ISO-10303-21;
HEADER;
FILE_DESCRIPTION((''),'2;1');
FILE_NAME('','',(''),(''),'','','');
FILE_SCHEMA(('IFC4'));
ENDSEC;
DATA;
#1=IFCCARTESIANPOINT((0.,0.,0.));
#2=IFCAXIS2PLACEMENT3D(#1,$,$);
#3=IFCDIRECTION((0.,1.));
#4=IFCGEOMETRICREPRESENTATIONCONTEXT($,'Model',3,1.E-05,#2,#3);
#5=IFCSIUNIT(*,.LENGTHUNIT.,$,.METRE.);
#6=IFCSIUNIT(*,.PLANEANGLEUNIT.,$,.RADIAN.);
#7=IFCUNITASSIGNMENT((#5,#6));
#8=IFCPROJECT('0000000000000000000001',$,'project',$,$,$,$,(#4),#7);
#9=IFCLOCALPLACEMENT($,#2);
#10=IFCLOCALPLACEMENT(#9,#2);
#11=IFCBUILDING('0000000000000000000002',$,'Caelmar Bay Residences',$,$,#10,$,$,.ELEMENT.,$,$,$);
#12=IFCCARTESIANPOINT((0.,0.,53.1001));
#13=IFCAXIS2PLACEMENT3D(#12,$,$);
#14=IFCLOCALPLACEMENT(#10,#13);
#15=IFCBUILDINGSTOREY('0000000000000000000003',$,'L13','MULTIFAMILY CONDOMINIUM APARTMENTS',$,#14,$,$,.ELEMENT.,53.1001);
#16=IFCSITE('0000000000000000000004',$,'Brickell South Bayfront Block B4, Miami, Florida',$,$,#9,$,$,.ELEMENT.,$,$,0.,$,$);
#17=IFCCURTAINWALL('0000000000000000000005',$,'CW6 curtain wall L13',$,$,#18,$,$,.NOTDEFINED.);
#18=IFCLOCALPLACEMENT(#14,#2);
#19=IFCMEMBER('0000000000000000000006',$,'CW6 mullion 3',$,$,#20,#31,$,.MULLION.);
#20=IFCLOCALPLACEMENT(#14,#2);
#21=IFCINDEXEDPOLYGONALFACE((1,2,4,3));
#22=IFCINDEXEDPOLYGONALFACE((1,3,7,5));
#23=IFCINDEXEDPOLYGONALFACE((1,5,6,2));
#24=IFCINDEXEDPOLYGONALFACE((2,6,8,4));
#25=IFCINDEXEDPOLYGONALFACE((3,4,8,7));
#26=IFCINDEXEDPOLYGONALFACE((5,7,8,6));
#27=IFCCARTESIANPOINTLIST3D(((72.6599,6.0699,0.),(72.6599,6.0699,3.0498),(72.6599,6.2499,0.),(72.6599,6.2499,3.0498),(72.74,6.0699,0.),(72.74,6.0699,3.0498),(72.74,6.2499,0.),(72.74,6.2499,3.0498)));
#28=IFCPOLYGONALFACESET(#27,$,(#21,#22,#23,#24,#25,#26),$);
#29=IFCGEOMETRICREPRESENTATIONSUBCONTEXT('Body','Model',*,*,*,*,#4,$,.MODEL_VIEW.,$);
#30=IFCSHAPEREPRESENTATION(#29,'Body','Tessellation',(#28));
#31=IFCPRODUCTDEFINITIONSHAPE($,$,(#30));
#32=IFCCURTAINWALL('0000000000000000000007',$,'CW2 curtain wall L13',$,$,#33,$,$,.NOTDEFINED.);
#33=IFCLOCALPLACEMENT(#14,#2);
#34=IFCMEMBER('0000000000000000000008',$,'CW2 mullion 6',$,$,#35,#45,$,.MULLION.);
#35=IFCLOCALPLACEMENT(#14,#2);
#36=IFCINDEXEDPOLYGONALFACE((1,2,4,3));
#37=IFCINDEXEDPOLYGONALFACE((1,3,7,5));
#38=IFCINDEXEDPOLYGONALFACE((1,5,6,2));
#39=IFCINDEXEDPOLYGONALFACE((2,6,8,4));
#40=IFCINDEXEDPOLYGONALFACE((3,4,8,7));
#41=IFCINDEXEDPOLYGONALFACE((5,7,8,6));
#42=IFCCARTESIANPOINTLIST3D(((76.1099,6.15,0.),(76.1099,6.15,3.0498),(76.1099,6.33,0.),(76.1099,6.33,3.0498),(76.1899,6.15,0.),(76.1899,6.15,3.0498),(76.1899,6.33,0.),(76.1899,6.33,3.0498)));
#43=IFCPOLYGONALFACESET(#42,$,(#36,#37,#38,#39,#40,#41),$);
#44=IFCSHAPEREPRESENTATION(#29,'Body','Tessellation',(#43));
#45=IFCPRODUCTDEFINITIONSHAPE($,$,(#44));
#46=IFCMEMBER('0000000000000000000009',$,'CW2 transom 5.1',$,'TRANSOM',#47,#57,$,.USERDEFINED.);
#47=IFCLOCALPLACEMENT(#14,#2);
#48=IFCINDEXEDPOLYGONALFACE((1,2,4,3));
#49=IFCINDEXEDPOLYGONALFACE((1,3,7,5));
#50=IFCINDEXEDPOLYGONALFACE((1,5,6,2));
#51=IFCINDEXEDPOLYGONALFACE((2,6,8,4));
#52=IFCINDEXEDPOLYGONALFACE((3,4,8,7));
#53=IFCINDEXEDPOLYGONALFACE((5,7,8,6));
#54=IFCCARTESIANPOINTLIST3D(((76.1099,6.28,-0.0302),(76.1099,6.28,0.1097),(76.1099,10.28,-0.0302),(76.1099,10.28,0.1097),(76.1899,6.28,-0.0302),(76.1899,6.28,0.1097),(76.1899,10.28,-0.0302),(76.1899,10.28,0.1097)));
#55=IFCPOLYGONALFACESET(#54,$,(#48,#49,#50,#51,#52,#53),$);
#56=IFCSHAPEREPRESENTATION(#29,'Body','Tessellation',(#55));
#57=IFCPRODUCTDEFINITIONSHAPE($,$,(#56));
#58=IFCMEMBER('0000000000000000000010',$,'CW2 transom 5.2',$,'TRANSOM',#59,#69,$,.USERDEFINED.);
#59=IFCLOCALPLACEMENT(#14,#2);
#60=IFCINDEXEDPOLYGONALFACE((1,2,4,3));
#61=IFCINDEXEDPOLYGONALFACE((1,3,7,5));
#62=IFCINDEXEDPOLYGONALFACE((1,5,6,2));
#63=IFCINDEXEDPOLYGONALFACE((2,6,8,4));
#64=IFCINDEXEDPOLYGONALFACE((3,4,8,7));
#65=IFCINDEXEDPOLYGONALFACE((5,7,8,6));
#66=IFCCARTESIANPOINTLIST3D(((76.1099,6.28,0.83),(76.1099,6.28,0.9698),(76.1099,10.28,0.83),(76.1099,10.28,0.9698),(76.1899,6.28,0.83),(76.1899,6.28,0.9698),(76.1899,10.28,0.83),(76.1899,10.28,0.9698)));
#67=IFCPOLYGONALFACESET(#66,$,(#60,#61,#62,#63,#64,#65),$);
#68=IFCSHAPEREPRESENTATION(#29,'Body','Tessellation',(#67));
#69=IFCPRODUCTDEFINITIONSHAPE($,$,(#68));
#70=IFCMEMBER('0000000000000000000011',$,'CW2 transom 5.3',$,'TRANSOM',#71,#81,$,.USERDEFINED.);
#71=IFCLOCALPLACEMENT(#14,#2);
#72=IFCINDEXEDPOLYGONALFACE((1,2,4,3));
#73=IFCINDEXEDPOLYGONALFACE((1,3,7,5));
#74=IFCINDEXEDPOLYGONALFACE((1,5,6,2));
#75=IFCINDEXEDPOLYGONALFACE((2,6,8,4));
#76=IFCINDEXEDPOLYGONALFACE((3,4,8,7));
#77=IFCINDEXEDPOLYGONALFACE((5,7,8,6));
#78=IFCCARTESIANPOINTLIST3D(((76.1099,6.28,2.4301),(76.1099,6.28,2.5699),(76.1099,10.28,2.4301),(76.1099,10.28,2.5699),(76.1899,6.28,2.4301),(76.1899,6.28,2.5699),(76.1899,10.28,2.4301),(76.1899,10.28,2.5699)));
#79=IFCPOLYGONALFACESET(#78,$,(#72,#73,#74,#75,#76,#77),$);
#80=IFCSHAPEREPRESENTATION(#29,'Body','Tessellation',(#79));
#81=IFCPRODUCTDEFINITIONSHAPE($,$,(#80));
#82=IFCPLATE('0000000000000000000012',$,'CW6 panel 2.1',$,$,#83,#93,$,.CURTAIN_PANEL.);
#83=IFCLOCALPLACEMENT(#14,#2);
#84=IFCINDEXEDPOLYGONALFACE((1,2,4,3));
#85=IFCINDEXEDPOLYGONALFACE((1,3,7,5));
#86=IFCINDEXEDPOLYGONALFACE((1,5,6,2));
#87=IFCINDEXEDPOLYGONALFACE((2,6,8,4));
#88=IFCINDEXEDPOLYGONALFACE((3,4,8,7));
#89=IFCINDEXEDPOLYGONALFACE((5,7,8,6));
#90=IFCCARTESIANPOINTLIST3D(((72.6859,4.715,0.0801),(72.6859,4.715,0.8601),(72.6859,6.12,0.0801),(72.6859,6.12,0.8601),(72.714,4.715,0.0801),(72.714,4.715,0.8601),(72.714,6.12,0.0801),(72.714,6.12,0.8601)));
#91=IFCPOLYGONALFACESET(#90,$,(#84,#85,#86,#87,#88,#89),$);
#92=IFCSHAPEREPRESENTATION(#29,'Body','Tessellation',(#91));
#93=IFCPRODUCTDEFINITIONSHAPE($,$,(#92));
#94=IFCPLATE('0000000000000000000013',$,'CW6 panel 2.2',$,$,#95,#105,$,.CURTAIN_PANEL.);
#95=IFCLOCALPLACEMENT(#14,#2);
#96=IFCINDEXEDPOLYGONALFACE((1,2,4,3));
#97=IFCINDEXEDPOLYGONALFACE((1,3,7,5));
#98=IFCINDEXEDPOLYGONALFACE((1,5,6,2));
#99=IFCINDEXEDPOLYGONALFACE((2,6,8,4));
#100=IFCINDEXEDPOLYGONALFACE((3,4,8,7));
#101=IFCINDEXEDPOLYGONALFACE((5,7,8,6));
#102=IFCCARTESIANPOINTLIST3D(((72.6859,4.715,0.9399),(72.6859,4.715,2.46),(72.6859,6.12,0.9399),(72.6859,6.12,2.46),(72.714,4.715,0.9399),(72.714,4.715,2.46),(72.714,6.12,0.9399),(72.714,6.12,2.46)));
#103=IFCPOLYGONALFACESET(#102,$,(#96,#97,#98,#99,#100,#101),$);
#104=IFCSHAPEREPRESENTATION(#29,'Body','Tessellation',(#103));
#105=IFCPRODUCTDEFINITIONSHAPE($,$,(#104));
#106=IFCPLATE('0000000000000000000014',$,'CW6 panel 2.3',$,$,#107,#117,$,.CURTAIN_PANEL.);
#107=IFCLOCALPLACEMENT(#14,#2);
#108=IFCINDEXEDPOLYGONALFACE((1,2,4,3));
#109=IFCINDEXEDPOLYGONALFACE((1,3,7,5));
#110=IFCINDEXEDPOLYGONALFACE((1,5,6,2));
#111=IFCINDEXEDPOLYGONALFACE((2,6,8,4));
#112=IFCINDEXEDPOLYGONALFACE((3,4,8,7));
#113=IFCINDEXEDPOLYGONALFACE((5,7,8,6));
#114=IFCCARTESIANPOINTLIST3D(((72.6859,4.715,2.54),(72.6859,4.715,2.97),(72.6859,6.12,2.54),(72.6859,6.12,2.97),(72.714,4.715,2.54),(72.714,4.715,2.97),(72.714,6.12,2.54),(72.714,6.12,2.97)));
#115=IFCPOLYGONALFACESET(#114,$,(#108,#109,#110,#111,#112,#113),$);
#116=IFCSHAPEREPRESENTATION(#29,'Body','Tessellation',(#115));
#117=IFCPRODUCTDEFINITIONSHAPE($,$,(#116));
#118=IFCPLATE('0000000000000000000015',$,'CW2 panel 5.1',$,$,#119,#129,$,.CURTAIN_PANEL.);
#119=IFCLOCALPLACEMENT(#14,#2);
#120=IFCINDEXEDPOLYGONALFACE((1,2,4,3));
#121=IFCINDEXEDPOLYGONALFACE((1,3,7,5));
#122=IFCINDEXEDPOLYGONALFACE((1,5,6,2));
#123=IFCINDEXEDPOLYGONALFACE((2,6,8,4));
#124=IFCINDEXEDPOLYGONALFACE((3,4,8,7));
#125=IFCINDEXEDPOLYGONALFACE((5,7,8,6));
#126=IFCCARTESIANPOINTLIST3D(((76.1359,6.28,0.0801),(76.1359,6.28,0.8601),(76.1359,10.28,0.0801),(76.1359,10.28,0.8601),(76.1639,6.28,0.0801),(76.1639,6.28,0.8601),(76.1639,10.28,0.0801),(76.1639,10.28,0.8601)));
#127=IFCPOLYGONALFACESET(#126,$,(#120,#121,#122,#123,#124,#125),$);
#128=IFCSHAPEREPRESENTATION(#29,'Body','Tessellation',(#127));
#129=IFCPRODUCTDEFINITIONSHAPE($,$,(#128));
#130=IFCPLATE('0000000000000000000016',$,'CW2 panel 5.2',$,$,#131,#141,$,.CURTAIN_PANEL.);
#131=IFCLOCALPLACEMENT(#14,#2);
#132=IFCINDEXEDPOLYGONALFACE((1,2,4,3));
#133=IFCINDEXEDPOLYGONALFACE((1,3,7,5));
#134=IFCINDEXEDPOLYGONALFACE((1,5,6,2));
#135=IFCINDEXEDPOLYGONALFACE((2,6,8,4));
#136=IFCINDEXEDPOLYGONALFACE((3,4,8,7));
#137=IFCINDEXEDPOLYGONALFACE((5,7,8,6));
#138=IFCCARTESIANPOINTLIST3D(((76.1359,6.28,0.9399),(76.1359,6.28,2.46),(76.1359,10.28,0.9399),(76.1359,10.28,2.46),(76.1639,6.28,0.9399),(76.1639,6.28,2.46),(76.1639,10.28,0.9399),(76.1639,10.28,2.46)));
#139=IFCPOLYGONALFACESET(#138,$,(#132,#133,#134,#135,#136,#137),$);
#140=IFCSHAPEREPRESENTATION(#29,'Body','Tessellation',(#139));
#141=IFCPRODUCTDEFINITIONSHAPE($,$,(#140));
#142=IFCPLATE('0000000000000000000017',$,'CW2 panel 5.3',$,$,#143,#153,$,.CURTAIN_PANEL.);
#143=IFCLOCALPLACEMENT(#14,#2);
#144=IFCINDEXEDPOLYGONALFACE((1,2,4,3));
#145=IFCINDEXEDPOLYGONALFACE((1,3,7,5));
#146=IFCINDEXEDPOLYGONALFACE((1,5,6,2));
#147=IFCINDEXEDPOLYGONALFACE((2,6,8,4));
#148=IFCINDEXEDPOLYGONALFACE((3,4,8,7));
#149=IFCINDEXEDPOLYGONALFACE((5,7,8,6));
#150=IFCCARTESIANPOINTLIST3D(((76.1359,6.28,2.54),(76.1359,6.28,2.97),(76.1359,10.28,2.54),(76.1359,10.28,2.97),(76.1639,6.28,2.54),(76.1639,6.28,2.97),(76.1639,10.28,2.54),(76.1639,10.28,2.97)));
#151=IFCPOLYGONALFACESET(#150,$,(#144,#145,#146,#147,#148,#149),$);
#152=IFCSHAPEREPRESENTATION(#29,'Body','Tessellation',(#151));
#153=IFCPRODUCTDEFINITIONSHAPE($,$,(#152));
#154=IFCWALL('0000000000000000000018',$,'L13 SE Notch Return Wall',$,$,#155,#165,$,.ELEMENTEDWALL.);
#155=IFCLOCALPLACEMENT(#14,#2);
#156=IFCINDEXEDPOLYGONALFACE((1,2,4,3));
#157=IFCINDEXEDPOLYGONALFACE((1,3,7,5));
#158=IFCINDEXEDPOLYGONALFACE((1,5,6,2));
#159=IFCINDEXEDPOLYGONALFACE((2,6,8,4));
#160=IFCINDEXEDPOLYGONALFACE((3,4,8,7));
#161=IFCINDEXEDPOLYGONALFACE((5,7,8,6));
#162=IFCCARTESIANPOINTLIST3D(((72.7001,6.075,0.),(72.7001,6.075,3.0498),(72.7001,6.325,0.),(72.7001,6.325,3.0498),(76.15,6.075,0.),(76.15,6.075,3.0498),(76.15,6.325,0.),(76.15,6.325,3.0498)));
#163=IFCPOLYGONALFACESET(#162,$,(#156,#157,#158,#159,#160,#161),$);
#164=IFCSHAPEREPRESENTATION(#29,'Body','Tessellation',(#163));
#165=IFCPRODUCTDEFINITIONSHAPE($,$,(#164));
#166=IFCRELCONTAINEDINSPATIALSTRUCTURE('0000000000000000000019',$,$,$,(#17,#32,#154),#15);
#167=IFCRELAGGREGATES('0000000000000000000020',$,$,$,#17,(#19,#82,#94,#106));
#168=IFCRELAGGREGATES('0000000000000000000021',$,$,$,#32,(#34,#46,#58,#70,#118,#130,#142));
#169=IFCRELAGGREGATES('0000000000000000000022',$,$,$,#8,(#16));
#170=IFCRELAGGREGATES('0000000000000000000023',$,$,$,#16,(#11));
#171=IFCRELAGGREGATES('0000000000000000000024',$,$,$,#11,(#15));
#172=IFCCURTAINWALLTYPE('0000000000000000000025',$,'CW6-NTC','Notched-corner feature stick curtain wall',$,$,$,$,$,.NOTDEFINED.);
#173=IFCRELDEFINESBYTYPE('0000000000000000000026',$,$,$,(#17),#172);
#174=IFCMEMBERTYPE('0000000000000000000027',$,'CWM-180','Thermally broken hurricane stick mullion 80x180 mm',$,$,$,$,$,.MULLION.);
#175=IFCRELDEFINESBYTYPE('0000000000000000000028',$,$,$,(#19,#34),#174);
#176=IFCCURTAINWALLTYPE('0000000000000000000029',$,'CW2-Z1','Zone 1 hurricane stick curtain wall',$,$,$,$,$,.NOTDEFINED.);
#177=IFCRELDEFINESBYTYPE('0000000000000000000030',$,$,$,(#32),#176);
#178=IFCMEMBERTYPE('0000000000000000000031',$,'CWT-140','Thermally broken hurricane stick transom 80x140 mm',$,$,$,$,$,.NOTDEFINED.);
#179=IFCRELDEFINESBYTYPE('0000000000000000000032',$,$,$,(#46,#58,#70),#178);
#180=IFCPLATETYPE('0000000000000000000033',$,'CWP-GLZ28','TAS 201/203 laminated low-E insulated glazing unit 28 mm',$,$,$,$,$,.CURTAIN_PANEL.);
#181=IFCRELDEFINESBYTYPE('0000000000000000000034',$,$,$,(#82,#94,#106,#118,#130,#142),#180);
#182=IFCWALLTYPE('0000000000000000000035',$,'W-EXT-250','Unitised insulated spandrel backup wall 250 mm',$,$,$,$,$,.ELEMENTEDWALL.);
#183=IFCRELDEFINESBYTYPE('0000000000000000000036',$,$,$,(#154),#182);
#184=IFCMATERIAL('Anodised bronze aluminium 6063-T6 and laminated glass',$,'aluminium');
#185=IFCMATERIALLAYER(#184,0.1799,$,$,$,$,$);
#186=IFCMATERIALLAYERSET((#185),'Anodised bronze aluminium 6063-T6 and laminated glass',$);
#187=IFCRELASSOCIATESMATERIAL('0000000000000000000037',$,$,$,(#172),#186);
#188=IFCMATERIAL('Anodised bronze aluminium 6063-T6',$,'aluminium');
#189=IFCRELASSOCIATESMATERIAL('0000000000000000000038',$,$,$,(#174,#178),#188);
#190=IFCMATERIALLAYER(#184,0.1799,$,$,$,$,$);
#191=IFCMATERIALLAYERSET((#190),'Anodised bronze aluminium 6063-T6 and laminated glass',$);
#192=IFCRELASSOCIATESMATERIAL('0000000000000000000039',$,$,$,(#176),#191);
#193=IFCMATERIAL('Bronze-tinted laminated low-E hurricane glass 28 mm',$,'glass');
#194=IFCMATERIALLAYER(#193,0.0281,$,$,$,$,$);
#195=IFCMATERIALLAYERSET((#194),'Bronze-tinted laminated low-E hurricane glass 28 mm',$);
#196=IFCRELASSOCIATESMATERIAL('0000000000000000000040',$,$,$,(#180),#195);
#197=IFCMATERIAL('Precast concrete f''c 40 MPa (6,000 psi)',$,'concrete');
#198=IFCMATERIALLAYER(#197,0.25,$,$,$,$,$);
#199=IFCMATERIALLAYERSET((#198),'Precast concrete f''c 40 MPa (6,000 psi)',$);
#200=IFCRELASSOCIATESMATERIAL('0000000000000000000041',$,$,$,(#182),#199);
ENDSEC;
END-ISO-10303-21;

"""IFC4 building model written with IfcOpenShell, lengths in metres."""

from ifc_helpers import new_model, si_unit, direction, frame, frame_2d, origin, origin_2d, place, context, subcontext, project, spatial, rectangle, extrude, material, layer, layer_set, material_profile, profile_set, type_object, element, aggregate, save


model = new_model("IFC4")

# Units and contexts
model_context = context("Model", 3, precision=1e-05, world=origin(), true_north=direction((0.0, 1.0)))
body_context = subcontext(model_context, "Body", "Model", "MODEL_VIEW")
ifc_project = project(units=[si_unit("LENGTHUNIT", "METRE"), si_unit("PLANEANGLEUNIT", "RADIAN")], contexts=[model_context])

# Site, building, storey
site_placement = place(None, origin())
site = spatial("IfcSite", under=ifc_project, at=site_placement, Name="Brickell South Bayfront Block B4, Miami, Florida", CompositionType="ELEMENT", RefElevation=0.0)
building_placement = place(site_placement, origin())
building = spatial("IfcBuilding", under=site, at=building_placement, Name="Caelmar Bay Residences", CompositionType="ELEMENT")
storey_placement = place(building_placement, frame((0.0, 0.0, 53.1001)))
storey = spatial("IfcBuildingStorey", under=building, at=storey_placement, Name="L13", Description="MULTIFAMILY CONDOMINIUM APARTMENTS", CompositionType="ELEMENT", Elevation=53.1001)

# Curtain wall, member
ifc_material_1 = material(Name="Anodised bronze aluminium 6063-T6 and laminated glass", Category="aluminium")
ifc_layer_1 = layer(ifc_material_1, 0.1799)
ifc_layer_set_1 = layer_set([ifc_layer_1], Name="Anodised bronze aluminium 6063-T6 and laminated glass")
curtain_wall_type_1 = type_object("IfcCurtainWallType", Name="CW6-NTC", Description="Notched-corner feature stick curtain wall", PredefinedType="NOTDEFINED", material=ifc_layer_set_1)
curtain_wall_1_placement = place(storey_placement, origin())
curtain_wall_1 = element("IfcCurtainWall", 1, at=curtain_wall_1_placement, inside=storey, type_object=curtain_wall_type_1, Name="CW6 curtain wall L13", PredefinedType="NOTDEFINED")
ifc_material_2 = material(Name="Anodised bronze aluminium 6063-T6", Category="aluminium")
ifc_material_profile_1 = material_profile(ifc_material_2, rectangle(XDim=0.0801, YDim=0.1799, at=origin_2d()), Name="CWM-80X180")
ifc_profile_set_1 = profile_set([ifc_material_profile_1], Name="Anodised bronze aluminium 6063-T6")
member_type_1 = type_object("IfcMemberType", Name="CWM-180", Description="Thermally broken hurricane stick mullion 80x180 mm", PredefinedType="MULLION", material=ifc_profile_set_1)
member_1_placement = place(storey_placement, frame((72.7, 6.1599, 0.0), z_axis=(0.0, 0.0, 1.0), x_axis=(-1.0, 0.0, 0.0)))
member_1 = element("IfcMember", 2, at=member_1_placement, type_object=member_type_1, Name="CW6 mullion 3", PredefinedType="MULLION", context=body_context, shape_type="SweptSolid", body=[
    extrude(rectangle(XDim=0.0801, YDim=0.1799, at=origin_2d()), origin(), (0.0, 0.0, 1.0), 3.0498),
])

# Curtain wall, members
ifc_layer_2 = layer(ifc_material_1, 0.1799)
ifc_layer_set_2 = layer_set([ifc_layer_2], Name="Anodised bronze aluminium 6063-T6 and laminated glass")
curtain_wall_type_2 = type_object("IfcCurtainWallType", Name="CW2-Z1", Description="Zone 1 hurricane stick curtain wall", PredefinedType="NOTDEFINED", material=ifc_layer_set_2)
curtain_wall_2_placement = place(storey_placement, origin())
curtain_wall_2 = element("IfcCurtainWall", 3, at=curtain_wall_2_placement, inside=storey, type_object=curtain_wall_type_2, Name="CW2 curtain wall L13", PredefinedType="NOTDEFINED")
member_2_placement = place(storey_placement, frame((76.1499, 6.24, 0.0), z_axis=(0.0, 0.0, 1.0), x_axis=(1.0, 0.0, 0.0)))
member_2 = element("IfcMember", 4, at=member_2_placement, type_object=member_type_1, Name="CW2 mullion 6", PredefinedType="MULLION", context=body_context, shape_type="SweptSolid", body=[
    extrude(rectangle(XDim=0.0801, YDim=0.1799, at=origin_2d()), origin(), (0.0, 0.0, 1.0), 3.0498),
])
ifc_material_profile_2 = material_profile(ifc_material_2, rectangle(XDim=0.0801, YDim=0.1399, at=origin_2d()), Name="CWT-80X140")
ifc_profile_set_2 = profile_set([ifc_material_profile_2], Name="Anodised bronze aluminium 6063-T6")
member_type_2 = type_object("IfcMemberType", Name="CWT-140", Description="Thermally broken hurricane stick transom 80x140 mm", PredefinedType="NOTDEFINED", material=ifc_profile_set_2)
member_3_placement = place(storey_placement, frame((76.1499, 10.28, 0.0398), z_axis=(0.0, -1.0, 0.0), x_axis=(1.0, 0.0, 0.0)))
member_3 = element("IfcMember", 5, at=member_3_placement, type_object=member_type_2, Name="CW2 transom 5.1", ObjectType="TRANSOM", PredefinedType="USERDEFINED", context=body_context, shape_type="SweptSolid", body=[
    extrude(rectangle(XDim=0.0801, YDim=0.1399, at=origin_2d()), origin(), (0.0, 0.0, 1.0), 4.0),
])
member_4_placement = place(storey_placement, frame((76.1499, 10.28, 0.8999), z_axis=(0.0, -1.0, 0.0), x_axis=(1.0, 0.0, 0.0)))
member_4 = element("IfcMember", 6, at=member_4_placement, type_object=member_type_2, Name="CW2 transom 5.2", ObjectType="TRANSOM", PredefinedType="USERDEFINED", context=body_context, shape_type="SweptSolid", body=[
    extrude(rectangle(XDim=0.0801, YDim=0.1399, at=origin_2d()), origin(), (0.0, 0.0, 1.0), 4.0),
])
member_5_placement = place(storey_placement, frame((76.1499, 10.28, 2.5), z_axis=(0.0, -1.0, 0.0), x_axis=(1.0, 0.0, 0.0)))
member_5 = element("IfcMember", 7, at=member_5_placement, type_object=member_type_2, Name="CW2 transom 5.3", ObjectType="TRANSOM", PredefinedType="USERDEFINED", context=body_context, shape_type="SweptSolid", body=[
    extrude(rectangle(XDim=0.0801, YDim=0.1399, at=origin_2d()), origin(), (0.0, 0.0, 1.0), 4.0),
])

# Plates
ifc_material_3 = material(Name="Bronze-tinted laminated low-E hurricane glass 28 mm", Category="glass")
ifc_layer_3 = layer(ifc_material_3, 0.0281)
ifc_layer_set_3 = layer_set([ifc_layer_3], Name="Bronze-tinted laminated low-E hurricane glass 28 mm")
plate_type = type_object("IfcPlateType", Name="CWP-GLZ28", Description="TAS 201/203 laminated low-E insulated glazing unit 28 mm", PredefinedType="CURTAIN_PANEL", material=ifc_layer_set_3)
plate_1_placement = place(storey_placement, frame((72.7, 5.4175, 0.0801), z_axis=(0.0, 0.0, 1.0), x_axis=(0.0, 1.0, 0.0)))
plate_1 = element("IfcPlate", 8, at=plate_1_placement, type_object=plate_type, Name="CW6 panel 2.1", PredefinedType="CURTAIN_PANEL", context=body_context, shape_type="SweptSolid", body=[
    extrude(rectangle(XDim=1.405, YDim=0.0281, at=origin_2d()), origin(), (0.0, 0.0, 1.0), 0.78),
])
plate_2_placement = place(storey_placement, frame((72.7, 5.4175, 0.9399), z_axis=(0.0, 0.0, 1.0), x_axis=(0.0, 1.0, 0.0)))
plate_2 = element("IfcPlate", 9, at=plate_2_placement, type_object=plate_type, Name="CW6 panel 2.2", PredefinedType="CURTAIN_PANEL", context=body_context, shape_type="SweptSolid", body=[
    extrude(rectangle(XDim=1.405, YDim=0.0281, at=origin_2d()), origin(), (0.0, 0.0, 1.0), 1.52),
])
plate_3_placement = place(storey_placement, frame((72.7, 5.4175, 2.54), z_axis=(0.0, 0.0, 1.0), x_axis=(0.0, 1.0, 0.0)))
plate_3 = element("IfcPlate", 10, at=plate_3_placement, type_object=plate_type, Name="CW6 panel 2.3", PredefinedType="CURTAIN_PANEL", context=body_context, shape_type="SweptSolid", body=[
    extrude(rectangle(XDim=1.405, YDim=0.0281, at=origin_2d()), origin(), (0.0, 0.0, 1.0), 0.4299),
])
aggregate(curtain_wall_1, [member_1, plate_1, plate_2, plate_3])
plate_4_placement = place(storey_placement, frame((76.1499, 8.28, 0.0801), z_axis=(0.0, 0.0, 1.0), x_axis=(0.0, -1.0, 0.0)))
plate_4 = element("IfcPlate", 11, at=plate_4_placement, type_object=plate_type, Name="CW2 panel 5.1", PredefinedType="CURTAIN_PANEL", context=body_context, shape_type="SweptSolid", body=[
    extrude(rectangle(XDim=4.0, YDim=0.0281, at=origin_2d()), origin(), (0.0, 0.0, 1.0), 0.78),
])
plate_5_placement = place(storey_placement, frame((76.1499, 8.28, 0.9399), z_axis=(0.0, 0.0, 1.0), x_axis=(0.0, -1.0, 0.0)))
plate_5 = element("IfcPlate", 12, at=plate_5_placement, type_object=plate_type, Name="CW2 panel 5.2", PredefinedType="CURTAIN_PANEL", context=body_context, shape_type="SweptSolid", body=[
    extrude(rectangle(XDim=4.0, YDim=0.0281, at=origin_2d()), origin(), (0.0, 0.0, 1.0), 1.52),
])
plate_6_placement = place(storey_placement, frame((76.1499, 8.28, 2.54), z_axis=(0.0, 0.0, 1.0), x_axis=(0.0, -1.0, 0.0)))
plate_6 = element("IfcPlate", 13, at=plate_6_placement, type_object=plate_type, Name="CW2 panel 5.3", PredefinedType="CURTAIN_PANEL", context=body_context, shape_type="SweptSolid", body=[
    extrude(rectangle(XDim=4.0, YDim=0.0281, at=origin_2d()), origin(), (0.0, 0.0, 1.0), 0.4299),
])
aggregate(curtain_wall_2, [member_2, member_3, member_4, member_5, plate_4, plate_5, plate_6])

# Wall
ifc_material_4 = material(Name="Precast concrete f'c 40 MPa (6,000 psi)", Category="concrete")
ifc_layer_4 = layer(ifc_material_4, 0.25)
ifc_layer_set_4 = layer_set([ifc_layer_4], Name="Precast concrete f'c 40 MPa (6,000 psi)")
wall_type_1 = type_object("IfcWallType", Name="W-EXT-250", Description="Unitised insulated spandrel backup wall 250 mm", PredefinedType="ELEMENTEDWALL", material=ifc_layer_set_4)
wall_1_placement = place(storey_placement, frame((72.7, 6.2, 0.0), z_axis=(0.0, 0.0, 1.0), x_axis=(1.0, 0.0, 0.0)))
element("IfcWall", 14, at=wall_1_placement, inside=storey, type_object=wall_type_1, Name="L13 SE Notch Return Wall", PredefinedType="ELEMENTEDWALL", context=body_context, shape_type="SweptSolid", body=[
    extrude(rectangle(XDim=3.45, YDim=0.25, at=frame_2d((1.7251, 0.0))), origin(), (0.0, 0.0, 1.0), 3.0498),
])

save(model, "model.ifc")
